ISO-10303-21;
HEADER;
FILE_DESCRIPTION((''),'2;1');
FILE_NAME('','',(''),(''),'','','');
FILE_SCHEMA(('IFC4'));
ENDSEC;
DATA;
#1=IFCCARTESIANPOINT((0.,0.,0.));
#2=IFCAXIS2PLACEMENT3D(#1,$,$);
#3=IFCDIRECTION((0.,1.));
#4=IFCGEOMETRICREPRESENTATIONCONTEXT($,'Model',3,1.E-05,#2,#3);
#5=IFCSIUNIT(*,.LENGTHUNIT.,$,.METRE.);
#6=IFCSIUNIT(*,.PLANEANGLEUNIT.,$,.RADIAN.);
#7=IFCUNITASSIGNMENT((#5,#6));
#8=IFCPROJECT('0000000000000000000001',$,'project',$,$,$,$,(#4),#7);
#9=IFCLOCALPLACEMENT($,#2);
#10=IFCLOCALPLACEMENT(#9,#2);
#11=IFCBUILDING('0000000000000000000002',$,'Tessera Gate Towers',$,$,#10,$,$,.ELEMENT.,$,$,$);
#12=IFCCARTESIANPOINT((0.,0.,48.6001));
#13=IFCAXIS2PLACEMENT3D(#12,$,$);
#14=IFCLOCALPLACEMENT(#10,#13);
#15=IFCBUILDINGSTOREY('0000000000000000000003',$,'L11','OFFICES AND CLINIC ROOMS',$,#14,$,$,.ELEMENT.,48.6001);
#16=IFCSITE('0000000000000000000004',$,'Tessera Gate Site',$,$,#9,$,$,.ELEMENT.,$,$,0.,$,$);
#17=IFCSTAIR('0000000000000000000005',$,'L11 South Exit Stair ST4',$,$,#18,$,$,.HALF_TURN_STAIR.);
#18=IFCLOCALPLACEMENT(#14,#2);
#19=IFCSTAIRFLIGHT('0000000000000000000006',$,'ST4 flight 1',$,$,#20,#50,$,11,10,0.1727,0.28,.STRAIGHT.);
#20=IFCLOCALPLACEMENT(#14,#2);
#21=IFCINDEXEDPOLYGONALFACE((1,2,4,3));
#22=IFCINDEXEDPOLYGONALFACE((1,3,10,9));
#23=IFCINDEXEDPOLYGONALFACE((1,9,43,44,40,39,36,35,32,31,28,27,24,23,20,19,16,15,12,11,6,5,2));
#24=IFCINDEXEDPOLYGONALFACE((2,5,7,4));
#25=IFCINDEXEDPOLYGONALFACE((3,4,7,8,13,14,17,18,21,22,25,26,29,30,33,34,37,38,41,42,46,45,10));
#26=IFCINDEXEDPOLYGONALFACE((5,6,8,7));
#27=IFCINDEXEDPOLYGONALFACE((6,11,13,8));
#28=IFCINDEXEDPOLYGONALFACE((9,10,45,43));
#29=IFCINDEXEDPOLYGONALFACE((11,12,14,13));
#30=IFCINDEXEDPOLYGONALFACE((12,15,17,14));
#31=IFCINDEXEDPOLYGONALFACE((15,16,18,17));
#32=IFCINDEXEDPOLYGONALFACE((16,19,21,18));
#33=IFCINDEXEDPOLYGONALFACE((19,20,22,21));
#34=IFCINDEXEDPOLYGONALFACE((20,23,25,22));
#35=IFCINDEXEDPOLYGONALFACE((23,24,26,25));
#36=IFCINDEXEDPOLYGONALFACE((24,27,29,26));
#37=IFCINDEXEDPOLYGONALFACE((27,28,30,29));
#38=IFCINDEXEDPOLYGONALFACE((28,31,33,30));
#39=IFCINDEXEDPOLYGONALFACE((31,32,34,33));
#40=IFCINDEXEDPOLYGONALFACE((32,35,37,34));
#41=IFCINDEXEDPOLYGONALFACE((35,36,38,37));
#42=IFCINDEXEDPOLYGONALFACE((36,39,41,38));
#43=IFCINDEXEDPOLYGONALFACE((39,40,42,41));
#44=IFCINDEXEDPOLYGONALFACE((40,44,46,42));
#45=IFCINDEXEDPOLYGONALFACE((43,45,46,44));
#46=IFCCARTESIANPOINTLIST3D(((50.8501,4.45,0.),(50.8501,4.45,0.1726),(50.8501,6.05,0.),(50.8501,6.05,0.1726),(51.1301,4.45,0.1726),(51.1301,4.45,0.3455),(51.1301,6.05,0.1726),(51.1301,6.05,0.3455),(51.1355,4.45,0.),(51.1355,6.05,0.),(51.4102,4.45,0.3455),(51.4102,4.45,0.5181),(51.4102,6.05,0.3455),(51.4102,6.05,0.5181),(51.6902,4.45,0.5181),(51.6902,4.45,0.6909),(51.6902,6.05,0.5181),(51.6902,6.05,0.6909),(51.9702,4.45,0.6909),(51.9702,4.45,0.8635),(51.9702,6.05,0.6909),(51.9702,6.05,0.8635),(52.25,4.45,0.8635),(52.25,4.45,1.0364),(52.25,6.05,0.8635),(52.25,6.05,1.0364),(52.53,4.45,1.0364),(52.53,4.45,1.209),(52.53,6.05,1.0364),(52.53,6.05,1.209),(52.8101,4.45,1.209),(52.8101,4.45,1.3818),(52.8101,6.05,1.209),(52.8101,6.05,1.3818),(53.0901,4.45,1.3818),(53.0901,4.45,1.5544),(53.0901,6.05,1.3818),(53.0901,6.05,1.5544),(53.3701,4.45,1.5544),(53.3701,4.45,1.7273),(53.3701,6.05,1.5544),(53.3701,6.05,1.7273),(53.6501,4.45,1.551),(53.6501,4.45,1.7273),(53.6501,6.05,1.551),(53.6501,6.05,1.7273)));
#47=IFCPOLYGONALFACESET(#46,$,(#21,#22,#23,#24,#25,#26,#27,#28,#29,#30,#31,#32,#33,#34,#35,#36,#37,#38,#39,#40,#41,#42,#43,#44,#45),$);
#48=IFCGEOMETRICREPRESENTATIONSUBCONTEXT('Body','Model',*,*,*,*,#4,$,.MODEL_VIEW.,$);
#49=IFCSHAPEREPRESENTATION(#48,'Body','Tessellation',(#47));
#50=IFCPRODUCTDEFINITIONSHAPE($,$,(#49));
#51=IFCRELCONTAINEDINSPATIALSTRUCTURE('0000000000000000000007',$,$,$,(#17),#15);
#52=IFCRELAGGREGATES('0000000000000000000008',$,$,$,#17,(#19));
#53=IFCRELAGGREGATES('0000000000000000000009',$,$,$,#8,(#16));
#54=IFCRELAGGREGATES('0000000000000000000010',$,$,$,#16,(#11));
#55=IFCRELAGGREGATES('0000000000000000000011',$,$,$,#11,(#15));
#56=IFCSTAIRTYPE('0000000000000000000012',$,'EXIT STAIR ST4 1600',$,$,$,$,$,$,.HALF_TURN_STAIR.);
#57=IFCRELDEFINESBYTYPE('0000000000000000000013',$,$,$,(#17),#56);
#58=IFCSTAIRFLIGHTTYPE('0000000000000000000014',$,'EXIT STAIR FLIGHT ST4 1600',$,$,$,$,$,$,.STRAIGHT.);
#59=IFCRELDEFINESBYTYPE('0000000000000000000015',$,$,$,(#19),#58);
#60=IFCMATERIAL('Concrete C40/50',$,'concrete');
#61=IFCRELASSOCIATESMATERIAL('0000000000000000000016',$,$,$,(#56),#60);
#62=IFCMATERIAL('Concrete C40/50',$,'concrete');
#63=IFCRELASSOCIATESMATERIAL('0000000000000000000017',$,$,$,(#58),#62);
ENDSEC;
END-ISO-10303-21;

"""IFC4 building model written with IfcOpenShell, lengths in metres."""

from ifc_helpers import new_model, si_unit, direction, frame, origin, place, context, subcontext, project, spatial, polyline, outline, extrude, material, type_object, element, aggregate, save


model = new_model("IFC4")

# Units and contexts
model_context = context("Model", 3, precision=1e-05, world=origin(), true_north=direction((0.0, 1.0)))
body_context = subcontext(model_context, "Body", "Model", "MODEL_VIEW")
ifc_project = project(units=[si_unit("LENGTHUNIT", "METRE"), si_unit("PLANEANGLEUNIT", "RADIAN")], contexts=[model_context])

# Site, building, storey
site_placement = place(None, origin())
site = spatial("IfcSite", under=ifc_project, at=site_placement, Name="Tessera Gate Site", CompositionType="ELEMENT", RefElevation=0.0)
building_placement = place(site_placement, origin())
building = spatial("IfcBuilding", under=site, at=building_placement, Name="Tessera Gate Towers", CompositionType="ELEMENT")
storey_placement = place(building_placement, frame((0.0, 0.0, 48.6001)))
storey = spatial("IfcBuildingStorey", under=building, at=storey_placement, Name="L11", Description="OFFICES AND CLINIC ROOMS", CompositionType="ELEMENT", Elevation=48.6001)

# Stair, stair flight
ifc_material_1 = material(Name="Concrete C40/50", Category="concrete")
stair_type = type_object("IfcStairType", Name="EXIT STAIR ST4 1600", PredefinedType="HALF_TURN_STAIR", material=ifc_material_1)
stair_placement = place(storey_placement, origin())
stair = element("IfcStair", 1, at=stair_placement, inside=storey, type_object=stair_type, Name="L11 South Exit Stair ST4", PredefinedType="HALF_TURN_STAIR")
ifc_material_2 = material(Name="Concrete C40/50", Category="concrete")
stair_flight_type = type_object("IfcStairFlightType", Name="EXIT STAIR FLIGHT ST4 1600", PredefinedType="STRAIGHT", material=ifc_material_2)
stair_flight_placement = place(storey_placement, frame((50.8501, 5.25, 0.0), z_axis=(0.0, 0.0, 1.0), x_axis=(1.0, 0.0, 0.0)))
stair_flight = element("IfcStairFlight", 2, at=stair_flight_placement, type_object=stair_flight_type, Name="ST4 flight 1", NumberOfRisers=11, NumberOfTreads=10, PredefinedType="STRAIGHT", RiserHeight=0.1727, TreadLength=0.28, context=body_context, shape_type="SweptSolid", body=[
    extrude(outline(polyline([(0.0, 0.0), (0.0, 0.1726), (0.28, 0.1726), (0.28, 0.3455), (0.5601, 0.3455), (0.5601, 0.5181), (0.8401, 0.5181), (0.8401, 0.6909), (1.1201, 0.6909), (1.1201, 0.8635), (1.3999, 0.8635), (1.3999, 1.0364), (1.6799, 1.0364), (1.6799, 1.209), (1.96, 1.209), (1.96, 1.3818), (2.24, 1.3818), (2.24, 1.5544), (2.52, 1.5544), (2.52, 1.7273), (2.8, 1.7273), (2.8, 1.8999), (2.8, 1.551), (0.2854, 0.0), (0.0, 0.0)])), frame((0.0, 0.8, 0.0), z_axis=(0.0, -1.0, 0.0), x_axis=(1.0, 0.0, 0.0)), (0.0, 0.0, 1.0), 1.6001),
])
aggregate(stair, [stair_flight])

save(model, "model.ifc")
